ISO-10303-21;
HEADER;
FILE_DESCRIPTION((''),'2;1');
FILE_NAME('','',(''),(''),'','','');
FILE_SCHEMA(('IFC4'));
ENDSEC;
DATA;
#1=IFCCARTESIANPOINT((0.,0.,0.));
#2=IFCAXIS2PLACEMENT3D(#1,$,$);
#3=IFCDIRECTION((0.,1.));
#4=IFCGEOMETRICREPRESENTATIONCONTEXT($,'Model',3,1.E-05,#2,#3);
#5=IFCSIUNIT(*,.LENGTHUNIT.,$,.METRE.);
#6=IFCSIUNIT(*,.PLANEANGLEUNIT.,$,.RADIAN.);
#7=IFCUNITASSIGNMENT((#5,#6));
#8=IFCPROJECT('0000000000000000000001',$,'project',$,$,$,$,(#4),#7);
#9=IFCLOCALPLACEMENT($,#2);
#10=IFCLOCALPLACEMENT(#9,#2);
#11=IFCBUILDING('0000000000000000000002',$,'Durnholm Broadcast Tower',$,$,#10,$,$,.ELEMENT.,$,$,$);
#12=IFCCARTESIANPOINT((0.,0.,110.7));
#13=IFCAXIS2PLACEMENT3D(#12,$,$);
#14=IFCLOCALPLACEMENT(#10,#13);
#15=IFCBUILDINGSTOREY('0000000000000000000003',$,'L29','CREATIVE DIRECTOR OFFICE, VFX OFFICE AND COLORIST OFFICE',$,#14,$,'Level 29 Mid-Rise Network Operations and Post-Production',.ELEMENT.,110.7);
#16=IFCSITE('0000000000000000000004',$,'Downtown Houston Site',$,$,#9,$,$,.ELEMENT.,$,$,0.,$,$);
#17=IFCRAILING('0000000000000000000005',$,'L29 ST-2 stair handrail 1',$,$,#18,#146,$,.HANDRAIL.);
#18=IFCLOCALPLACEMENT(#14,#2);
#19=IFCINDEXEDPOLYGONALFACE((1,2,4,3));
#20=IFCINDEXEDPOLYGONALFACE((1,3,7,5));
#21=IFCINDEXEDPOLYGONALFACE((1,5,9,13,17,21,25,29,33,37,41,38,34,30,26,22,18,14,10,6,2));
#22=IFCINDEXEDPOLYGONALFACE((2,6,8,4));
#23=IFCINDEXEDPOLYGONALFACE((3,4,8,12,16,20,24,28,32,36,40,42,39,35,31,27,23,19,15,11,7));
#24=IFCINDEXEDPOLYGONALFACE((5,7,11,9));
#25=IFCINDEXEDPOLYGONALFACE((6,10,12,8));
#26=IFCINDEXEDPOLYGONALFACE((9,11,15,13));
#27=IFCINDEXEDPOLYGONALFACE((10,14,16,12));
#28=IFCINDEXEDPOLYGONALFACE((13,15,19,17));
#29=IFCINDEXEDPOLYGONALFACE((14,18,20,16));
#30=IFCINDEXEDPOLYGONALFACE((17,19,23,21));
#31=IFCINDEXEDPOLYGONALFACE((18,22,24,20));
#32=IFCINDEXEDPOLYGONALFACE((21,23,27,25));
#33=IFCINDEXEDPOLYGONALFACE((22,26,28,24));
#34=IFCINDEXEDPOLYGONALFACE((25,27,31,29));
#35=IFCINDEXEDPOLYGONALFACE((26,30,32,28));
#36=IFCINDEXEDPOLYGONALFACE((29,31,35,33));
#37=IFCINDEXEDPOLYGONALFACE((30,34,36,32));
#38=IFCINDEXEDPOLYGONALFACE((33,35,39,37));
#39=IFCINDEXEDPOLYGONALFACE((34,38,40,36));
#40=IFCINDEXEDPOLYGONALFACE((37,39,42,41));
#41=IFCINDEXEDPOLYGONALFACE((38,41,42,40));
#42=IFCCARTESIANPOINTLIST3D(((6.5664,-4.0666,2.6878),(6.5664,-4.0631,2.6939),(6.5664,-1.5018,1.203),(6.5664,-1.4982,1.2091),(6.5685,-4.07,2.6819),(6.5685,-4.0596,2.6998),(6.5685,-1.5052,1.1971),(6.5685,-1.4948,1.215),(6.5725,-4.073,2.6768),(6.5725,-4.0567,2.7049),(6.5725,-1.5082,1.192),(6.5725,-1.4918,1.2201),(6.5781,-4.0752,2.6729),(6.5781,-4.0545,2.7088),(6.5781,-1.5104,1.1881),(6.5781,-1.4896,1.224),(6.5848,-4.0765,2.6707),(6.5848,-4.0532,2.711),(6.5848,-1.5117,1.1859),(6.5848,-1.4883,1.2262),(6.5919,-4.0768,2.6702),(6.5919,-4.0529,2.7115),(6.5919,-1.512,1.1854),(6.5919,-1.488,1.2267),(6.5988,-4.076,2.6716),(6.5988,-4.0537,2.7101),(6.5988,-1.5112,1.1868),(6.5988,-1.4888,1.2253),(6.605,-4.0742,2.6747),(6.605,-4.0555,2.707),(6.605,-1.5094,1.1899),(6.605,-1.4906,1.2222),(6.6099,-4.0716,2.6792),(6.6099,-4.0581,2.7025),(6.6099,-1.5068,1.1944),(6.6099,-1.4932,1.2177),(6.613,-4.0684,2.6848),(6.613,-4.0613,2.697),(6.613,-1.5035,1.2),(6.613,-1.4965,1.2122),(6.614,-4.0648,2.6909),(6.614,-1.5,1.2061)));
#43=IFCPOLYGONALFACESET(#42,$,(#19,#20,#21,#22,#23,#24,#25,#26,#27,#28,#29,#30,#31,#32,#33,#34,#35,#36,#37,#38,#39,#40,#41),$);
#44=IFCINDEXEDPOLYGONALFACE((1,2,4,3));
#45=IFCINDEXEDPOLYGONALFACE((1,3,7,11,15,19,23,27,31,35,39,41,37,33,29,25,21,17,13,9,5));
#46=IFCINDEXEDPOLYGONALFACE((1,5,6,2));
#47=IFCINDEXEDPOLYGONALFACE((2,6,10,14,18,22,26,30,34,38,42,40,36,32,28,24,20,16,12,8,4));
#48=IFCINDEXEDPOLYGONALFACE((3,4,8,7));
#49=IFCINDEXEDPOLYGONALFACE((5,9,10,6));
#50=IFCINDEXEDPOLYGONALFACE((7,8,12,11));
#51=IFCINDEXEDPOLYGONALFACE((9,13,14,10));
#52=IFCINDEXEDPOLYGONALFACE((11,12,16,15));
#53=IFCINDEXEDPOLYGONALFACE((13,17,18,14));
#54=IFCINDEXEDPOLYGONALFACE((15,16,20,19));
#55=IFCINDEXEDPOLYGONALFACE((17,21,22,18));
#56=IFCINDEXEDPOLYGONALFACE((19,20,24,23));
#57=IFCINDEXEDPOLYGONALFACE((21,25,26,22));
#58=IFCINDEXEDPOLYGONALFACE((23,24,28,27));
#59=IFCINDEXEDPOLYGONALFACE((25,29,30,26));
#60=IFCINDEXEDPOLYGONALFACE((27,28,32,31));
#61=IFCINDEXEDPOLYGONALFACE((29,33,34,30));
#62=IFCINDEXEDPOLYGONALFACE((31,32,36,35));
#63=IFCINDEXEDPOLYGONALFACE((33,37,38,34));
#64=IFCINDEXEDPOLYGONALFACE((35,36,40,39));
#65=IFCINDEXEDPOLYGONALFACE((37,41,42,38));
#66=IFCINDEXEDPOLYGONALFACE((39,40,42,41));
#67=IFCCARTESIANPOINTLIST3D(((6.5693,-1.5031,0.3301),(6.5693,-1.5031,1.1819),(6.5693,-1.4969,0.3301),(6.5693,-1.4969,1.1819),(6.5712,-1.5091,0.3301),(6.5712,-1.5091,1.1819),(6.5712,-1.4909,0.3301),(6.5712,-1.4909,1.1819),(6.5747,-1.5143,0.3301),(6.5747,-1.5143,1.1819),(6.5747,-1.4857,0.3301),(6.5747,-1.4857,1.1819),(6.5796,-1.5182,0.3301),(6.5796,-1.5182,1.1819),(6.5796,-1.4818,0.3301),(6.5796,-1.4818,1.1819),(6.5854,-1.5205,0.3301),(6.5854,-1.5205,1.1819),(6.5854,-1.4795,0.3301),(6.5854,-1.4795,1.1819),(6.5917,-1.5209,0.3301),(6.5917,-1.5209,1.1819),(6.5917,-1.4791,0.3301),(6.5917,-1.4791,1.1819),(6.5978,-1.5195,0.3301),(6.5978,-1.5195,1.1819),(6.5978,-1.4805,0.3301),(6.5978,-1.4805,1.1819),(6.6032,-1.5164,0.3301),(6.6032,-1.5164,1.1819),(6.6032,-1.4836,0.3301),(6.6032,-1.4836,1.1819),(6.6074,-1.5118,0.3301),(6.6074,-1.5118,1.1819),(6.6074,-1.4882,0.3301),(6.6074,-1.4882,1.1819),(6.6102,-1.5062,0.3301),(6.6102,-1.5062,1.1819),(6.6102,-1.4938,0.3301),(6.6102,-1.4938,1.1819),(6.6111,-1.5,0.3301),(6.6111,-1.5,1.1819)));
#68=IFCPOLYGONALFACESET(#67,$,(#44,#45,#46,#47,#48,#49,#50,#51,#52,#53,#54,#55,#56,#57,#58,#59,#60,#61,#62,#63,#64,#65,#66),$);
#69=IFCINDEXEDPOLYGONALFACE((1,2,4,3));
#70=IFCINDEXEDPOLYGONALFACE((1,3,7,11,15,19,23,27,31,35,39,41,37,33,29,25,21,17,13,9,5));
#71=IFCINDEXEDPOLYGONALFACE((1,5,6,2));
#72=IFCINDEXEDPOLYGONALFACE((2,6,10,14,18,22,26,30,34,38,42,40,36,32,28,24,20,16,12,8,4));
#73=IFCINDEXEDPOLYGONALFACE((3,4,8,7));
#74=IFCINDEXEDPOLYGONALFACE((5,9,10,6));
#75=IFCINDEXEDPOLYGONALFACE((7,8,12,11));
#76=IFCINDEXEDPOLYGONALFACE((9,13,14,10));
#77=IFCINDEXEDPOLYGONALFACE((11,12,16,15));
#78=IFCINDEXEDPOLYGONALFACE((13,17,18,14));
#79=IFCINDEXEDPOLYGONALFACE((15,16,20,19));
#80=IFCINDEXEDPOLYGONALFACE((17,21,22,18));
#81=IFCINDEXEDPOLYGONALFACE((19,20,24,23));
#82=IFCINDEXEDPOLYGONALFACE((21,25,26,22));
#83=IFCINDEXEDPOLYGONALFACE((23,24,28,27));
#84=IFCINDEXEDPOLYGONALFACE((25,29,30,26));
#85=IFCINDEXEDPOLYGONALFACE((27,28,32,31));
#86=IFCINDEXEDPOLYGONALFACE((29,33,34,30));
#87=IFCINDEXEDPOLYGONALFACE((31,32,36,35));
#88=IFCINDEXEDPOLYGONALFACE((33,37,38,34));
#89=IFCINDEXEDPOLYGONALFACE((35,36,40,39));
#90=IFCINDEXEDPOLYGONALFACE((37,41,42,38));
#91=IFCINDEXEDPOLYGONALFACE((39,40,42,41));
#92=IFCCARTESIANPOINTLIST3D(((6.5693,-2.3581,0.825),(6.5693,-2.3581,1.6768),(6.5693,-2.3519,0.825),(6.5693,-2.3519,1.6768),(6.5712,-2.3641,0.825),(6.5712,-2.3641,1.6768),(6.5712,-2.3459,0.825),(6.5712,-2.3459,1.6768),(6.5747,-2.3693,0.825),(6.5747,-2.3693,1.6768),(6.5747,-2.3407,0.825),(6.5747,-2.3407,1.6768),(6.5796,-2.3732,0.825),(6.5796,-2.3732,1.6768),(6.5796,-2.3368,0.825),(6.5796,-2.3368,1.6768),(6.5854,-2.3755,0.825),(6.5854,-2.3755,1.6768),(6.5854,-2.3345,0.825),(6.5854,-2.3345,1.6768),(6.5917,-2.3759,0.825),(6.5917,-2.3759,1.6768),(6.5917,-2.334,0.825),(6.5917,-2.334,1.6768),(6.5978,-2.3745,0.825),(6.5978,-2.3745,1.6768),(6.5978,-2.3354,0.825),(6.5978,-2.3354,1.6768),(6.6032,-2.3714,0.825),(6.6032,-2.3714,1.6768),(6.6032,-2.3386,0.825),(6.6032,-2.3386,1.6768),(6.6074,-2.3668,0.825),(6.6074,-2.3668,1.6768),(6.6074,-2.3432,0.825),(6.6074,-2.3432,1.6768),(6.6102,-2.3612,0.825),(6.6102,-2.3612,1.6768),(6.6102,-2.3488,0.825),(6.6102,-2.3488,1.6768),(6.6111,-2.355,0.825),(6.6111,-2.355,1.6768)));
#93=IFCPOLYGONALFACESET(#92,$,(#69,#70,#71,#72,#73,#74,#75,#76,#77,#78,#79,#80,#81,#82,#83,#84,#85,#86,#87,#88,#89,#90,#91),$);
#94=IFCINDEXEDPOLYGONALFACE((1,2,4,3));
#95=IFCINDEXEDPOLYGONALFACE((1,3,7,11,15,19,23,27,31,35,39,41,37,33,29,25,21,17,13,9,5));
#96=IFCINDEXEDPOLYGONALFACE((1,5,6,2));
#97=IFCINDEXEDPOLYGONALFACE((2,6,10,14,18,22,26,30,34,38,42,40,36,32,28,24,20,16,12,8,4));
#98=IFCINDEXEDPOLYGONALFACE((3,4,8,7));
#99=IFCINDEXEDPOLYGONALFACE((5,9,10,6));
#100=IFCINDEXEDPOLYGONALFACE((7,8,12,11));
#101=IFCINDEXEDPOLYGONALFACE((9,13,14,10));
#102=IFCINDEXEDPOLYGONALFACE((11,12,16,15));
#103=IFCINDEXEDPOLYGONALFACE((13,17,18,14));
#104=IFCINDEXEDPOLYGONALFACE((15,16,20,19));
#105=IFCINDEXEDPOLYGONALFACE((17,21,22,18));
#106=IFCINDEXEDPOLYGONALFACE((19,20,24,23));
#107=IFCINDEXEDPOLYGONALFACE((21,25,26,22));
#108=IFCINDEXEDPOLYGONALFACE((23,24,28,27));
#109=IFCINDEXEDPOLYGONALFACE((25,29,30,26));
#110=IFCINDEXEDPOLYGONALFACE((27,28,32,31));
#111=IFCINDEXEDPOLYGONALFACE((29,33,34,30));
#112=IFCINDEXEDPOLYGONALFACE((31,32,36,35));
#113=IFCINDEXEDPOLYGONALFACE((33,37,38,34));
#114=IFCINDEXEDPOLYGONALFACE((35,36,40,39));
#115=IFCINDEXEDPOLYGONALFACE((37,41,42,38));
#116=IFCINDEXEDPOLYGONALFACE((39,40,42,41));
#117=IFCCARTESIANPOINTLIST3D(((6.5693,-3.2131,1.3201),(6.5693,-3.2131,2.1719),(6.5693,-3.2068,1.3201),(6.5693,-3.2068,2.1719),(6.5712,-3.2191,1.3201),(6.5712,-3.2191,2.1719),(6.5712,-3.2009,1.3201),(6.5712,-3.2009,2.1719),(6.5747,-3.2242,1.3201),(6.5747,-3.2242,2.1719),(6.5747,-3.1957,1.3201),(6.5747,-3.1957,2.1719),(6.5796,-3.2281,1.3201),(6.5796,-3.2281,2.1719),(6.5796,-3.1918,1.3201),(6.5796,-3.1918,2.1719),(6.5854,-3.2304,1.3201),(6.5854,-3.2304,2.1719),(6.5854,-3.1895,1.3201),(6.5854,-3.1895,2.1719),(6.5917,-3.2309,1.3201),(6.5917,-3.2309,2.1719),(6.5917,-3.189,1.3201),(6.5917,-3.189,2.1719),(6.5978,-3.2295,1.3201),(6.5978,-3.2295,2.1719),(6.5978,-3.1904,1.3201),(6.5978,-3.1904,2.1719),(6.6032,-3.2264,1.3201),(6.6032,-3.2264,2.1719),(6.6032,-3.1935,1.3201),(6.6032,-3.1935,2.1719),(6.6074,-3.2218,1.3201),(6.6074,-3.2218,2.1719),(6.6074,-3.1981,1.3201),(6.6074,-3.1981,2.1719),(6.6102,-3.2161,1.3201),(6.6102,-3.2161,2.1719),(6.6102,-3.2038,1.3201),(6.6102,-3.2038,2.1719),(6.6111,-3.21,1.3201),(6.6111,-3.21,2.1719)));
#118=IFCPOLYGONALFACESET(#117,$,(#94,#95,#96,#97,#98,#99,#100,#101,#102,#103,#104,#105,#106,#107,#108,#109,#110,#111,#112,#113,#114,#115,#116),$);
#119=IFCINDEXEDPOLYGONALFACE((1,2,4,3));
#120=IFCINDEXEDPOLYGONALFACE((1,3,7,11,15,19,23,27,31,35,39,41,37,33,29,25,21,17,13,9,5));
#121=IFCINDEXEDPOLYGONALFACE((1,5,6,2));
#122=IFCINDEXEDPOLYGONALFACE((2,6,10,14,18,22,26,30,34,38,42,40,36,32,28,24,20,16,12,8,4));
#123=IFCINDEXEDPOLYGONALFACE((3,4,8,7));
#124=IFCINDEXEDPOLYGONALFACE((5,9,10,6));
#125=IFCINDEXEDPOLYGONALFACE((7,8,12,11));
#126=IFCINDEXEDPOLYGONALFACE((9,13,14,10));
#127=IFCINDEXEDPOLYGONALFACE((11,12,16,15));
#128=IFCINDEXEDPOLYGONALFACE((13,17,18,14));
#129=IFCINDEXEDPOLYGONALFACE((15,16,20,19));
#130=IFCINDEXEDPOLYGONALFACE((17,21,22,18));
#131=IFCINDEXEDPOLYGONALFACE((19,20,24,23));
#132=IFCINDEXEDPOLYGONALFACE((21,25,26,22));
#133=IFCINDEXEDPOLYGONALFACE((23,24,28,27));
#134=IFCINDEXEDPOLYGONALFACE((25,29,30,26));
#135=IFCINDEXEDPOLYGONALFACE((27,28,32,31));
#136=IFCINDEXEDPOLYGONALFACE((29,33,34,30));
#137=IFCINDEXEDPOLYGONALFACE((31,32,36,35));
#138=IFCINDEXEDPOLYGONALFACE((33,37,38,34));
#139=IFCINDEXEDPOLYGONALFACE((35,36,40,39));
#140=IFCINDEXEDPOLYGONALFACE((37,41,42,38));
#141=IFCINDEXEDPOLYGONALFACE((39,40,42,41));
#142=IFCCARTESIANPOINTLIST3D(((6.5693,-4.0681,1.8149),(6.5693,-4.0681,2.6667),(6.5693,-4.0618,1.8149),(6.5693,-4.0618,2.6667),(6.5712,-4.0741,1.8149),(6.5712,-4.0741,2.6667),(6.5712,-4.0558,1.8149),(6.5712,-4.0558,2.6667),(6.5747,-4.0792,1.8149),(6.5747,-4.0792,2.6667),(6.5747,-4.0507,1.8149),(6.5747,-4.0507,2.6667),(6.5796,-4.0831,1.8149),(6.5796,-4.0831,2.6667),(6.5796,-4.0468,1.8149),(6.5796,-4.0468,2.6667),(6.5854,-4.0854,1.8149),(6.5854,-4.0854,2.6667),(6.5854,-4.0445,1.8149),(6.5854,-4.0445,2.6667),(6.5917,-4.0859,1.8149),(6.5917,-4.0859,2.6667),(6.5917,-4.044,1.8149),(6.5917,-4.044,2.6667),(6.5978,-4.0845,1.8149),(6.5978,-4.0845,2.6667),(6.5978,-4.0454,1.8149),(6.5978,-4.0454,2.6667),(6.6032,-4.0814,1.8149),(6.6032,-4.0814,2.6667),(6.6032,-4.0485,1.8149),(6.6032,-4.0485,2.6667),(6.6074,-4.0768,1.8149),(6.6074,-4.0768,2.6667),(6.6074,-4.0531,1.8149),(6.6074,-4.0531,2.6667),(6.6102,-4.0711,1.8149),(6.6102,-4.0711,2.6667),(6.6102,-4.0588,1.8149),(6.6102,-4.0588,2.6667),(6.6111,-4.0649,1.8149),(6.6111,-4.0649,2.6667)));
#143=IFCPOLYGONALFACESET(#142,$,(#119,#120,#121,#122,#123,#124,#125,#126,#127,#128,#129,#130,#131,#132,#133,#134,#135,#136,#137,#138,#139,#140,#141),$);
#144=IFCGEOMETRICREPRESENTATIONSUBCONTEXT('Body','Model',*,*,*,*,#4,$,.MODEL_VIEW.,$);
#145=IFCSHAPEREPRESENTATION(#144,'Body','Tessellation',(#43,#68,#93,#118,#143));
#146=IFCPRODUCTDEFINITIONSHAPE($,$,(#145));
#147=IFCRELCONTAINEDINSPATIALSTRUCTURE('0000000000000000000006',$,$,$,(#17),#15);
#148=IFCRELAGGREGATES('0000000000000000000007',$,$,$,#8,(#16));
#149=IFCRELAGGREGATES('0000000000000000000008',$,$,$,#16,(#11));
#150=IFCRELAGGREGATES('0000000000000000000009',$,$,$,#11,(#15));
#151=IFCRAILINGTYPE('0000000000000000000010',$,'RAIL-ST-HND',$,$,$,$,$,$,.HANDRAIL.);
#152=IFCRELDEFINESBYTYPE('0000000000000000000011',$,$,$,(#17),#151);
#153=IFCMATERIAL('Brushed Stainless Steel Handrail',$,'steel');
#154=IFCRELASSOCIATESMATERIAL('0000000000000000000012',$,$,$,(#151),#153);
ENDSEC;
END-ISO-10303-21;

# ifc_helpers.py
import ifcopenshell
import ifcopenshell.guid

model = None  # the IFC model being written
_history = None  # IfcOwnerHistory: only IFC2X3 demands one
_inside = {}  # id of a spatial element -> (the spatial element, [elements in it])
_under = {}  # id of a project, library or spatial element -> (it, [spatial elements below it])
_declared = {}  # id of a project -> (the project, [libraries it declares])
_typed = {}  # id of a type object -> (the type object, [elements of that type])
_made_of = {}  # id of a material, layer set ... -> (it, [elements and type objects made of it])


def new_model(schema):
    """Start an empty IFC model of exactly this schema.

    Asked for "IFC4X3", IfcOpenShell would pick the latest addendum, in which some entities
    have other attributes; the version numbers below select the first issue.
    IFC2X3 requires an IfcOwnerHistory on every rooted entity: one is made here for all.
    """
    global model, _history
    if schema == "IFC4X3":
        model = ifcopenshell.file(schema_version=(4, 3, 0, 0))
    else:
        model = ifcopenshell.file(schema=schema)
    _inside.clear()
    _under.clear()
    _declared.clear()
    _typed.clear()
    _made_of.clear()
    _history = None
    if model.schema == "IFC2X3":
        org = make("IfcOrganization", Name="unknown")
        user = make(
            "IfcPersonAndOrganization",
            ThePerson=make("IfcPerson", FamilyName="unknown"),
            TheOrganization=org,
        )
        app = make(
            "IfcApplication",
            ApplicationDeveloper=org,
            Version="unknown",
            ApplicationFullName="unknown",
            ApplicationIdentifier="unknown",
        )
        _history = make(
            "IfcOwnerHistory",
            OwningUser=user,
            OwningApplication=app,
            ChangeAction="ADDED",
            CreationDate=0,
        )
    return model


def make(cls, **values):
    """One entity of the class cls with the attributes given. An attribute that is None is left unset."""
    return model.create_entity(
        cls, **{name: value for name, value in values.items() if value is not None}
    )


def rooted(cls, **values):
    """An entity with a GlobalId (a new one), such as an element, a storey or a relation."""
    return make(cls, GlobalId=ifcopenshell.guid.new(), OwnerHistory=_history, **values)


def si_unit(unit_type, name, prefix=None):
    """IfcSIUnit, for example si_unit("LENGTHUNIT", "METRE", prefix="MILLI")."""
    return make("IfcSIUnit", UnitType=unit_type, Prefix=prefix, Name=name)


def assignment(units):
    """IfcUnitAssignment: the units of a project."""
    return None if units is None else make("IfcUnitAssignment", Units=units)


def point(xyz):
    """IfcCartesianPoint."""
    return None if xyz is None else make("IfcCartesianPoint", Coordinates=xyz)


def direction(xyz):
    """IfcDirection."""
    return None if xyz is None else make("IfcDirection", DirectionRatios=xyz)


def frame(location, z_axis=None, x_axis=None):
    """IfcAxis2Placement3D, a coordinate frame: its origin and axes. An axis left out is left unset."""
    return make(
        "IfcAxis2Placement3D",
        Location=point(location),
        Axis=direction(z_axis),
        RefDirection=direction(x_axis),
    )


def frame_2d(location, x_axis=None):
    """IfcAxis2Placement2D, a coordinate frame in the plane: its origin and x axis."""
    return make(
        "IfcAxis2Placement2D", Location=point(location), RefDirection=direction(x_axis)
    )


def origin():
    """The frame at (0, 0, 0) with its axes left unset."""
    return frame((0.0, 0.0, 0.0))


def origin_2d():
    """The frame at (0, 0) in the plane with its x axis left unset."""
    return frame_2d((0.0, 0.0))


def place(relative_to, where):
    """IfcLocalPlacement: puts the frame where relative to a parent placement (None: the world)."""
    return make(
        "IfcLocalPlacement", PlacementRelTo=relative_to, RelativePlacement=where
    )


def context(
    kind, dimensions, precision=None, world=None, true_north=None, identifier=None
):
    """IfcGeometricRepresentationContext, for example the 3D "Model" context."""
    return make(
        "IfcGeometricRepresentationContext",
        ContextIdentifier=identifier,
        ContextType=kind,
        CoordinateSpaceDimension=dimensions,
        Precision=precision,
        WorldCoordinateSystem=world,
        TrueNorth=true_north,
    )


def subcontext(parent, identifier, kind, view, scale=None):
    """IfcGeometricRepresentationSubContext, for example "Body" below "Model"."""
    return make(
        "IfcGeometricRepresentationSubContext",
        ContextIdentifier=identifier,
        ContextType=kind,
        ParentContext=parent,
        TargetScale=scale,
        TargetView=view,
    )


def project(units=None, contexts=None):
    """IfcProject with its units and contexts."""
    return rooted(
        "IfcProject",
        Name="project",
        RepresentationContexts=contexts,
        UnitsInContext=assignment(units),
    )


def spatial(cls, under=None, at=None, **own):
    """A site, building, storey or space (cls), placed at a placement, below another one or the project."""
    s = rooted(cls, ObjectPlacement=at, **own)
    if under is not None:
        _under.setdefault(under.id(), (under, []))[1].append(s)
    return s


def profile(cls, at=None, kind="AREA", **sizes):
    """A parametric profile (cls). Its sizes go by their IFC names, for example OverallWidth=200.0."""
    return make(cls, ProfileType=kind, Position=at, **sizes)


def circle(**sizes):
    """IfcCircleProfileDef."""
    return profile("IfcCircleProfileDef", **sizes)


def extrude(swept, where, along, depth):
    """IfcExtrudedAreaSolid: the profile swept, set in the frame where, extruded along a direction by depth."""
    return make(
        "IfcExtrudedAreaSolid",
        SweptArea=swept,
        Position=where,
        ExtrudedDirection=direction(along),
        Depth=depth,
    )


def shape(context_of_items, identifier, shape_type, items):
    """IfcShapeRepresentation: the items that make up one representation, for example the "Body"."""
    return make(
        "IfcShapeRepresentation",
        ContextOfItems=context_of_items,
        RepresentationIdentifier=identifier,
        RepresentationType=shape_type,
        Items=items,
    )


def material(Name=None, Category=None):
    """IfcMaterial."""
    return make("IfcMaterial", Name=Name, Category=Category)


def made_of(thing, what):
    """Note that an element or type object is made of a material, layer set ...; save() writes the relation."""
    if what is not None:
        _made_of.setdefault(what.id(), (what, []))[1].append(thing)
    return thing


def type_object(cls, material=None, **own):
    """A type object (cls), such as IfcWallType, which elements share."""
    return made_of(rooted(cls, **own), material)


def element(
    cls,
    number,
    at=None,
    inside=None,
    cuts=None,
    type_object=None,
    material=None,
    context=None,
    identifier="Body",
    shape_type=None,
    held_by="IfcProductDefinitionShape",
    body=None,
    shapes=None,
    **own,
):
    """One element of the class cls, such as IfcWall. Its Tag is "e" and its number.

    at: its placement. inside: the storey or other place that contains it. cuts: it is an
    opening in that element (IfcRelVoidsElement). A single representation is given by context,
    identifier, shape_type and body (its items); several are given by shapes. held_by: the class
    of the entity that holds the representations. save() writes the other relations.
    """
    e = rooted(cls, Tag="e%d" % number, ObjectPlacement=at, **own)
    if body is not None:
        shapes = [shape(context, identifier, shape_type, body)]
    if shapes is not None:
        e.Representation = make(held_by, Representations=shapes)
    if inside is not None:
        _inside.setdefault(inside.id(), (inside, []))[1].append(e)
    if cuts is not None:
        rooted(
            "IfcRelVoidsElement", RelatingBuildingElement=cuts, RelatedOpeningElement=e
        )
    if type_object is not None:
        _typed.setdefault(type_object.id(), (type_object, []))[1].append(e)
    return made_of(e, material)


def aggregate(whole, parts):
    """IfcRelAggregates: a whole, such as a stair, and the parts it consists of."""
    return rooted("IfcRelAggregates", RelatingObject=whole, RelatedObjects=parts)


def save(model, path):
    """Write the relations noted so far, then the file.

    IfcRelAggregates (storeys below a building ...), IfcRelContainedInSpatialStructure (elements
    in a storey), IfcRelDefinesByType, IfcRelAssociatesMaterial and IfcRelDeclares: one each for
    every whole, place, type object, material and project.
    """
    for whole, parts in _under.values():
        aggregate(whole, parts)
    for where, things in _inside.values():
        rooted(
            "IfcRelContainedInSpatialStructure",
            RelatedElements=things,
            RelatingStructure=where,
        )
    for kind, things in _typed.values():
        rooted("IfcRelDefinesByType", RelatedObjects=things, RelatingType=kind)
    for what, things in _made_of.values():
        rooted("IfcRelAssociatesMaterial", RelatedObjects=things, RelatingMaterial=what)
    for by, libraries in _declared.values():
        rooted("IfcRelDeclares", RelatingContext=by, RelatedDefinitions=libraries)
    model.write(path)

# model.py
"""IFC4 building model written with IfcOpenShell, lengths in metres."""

from ifc_helpers import new_model, si_unit, direction, frame, origin, origin_2d, place, context, subcontext, project, spatial, circle, extrude, material, type_object, element, save


model = new_model("IFC4")

# Units and contexts
model_context = context("Model", 3, precision=1e-05, world=origin(), true_north=direction((0.0, 1.0)))
body_context = subcontext(model_context, "Body", "Model", "MODEL_VIEW")
ifc_project = project(units=[si_unit("LENGTHUNIT", "METRE"), si_unit("PLANEANGLEUNIT", "RADIAN")], contexts=[model_context])

# Site, building, storey
site_placement = place(None, origin())
site = spatial("IfcSite", under=ifc_project, at=site_placement, Name="Downtown Houston Site", CompositionType="ELEMENT", RefElevation=0.0)
building_placement = place(site_placement, origin())
building = spatial("IfcBuilding", under=site, at=building_placement, Name="Durnholm Broadcast Tower", CompositionType="ELEMENT")
storey_placement = place(building_placement, frame((0.0, 0.0, 110.7)))
storey = spatial("IfcBuildingStorey", under=building, at=storey_placement, Name="L29", Description="CREATIVE DIRECTOR OFFICE, VFX OFFICE AND COLORIST OFFICE", LongName="Level 29 Mid-Rise Network Operations and Post-Production", CompositionType="ELEMENT", Elevation=110.7)

# Railing
ifc_material_1 = material(Name="Brushed Stainless Steel Handrail", Category="steel")
railing_type_1 = type_object("IfcRailingType", Name="RAIL-ST-HND", PredefinedType="HANDRAIL", material=ifc_material_1)
railing_1_placement = place(storey_placement, frame((6.5901, -1.5, 0.3301)))
element("IfcRailing", 1, at=railing_1_placement, inside=storey, type_object=railing_type_1, Name="L29 ST-2 stair handrail 1", PredefinedType="HANDRAIL", context=body_context, shape_type="SweptSolid", body=[
    extrude(circle(Radius=0.0239, at=origin_2d()), frame((0.0, 0.0, 0.876), z_axis=(0.0, -0.865441, 0.50101), x_axis=(1.0, 0.0, 0.0)), (0.0, 0.0, 1.0), 2.9636),
    extrude(circle(Radius=0.021, at=origin_2d()), origin(), (0.0, 0.0, 1.0), 0.8518),
    extrude(circle(Radius=0.021, at=origin_2d()), frame((0.0, -0.855, 0.4949)), (0.0, 0.0, 1.0), 0.8518),
    extrude(circle(Radius=0.021, at=origin_2d()), frame((0.0, -1.71, 0.99)), (0.0, 0.0, 1.0), 0.8518),
    extrude(circle(Radius=0.021, at=origin_2d()), frame((0.0, -2.5649, 1.4849)), (0.0, 0.0, 1.0), 0.8518),
])

save(model, "model.ifc")
